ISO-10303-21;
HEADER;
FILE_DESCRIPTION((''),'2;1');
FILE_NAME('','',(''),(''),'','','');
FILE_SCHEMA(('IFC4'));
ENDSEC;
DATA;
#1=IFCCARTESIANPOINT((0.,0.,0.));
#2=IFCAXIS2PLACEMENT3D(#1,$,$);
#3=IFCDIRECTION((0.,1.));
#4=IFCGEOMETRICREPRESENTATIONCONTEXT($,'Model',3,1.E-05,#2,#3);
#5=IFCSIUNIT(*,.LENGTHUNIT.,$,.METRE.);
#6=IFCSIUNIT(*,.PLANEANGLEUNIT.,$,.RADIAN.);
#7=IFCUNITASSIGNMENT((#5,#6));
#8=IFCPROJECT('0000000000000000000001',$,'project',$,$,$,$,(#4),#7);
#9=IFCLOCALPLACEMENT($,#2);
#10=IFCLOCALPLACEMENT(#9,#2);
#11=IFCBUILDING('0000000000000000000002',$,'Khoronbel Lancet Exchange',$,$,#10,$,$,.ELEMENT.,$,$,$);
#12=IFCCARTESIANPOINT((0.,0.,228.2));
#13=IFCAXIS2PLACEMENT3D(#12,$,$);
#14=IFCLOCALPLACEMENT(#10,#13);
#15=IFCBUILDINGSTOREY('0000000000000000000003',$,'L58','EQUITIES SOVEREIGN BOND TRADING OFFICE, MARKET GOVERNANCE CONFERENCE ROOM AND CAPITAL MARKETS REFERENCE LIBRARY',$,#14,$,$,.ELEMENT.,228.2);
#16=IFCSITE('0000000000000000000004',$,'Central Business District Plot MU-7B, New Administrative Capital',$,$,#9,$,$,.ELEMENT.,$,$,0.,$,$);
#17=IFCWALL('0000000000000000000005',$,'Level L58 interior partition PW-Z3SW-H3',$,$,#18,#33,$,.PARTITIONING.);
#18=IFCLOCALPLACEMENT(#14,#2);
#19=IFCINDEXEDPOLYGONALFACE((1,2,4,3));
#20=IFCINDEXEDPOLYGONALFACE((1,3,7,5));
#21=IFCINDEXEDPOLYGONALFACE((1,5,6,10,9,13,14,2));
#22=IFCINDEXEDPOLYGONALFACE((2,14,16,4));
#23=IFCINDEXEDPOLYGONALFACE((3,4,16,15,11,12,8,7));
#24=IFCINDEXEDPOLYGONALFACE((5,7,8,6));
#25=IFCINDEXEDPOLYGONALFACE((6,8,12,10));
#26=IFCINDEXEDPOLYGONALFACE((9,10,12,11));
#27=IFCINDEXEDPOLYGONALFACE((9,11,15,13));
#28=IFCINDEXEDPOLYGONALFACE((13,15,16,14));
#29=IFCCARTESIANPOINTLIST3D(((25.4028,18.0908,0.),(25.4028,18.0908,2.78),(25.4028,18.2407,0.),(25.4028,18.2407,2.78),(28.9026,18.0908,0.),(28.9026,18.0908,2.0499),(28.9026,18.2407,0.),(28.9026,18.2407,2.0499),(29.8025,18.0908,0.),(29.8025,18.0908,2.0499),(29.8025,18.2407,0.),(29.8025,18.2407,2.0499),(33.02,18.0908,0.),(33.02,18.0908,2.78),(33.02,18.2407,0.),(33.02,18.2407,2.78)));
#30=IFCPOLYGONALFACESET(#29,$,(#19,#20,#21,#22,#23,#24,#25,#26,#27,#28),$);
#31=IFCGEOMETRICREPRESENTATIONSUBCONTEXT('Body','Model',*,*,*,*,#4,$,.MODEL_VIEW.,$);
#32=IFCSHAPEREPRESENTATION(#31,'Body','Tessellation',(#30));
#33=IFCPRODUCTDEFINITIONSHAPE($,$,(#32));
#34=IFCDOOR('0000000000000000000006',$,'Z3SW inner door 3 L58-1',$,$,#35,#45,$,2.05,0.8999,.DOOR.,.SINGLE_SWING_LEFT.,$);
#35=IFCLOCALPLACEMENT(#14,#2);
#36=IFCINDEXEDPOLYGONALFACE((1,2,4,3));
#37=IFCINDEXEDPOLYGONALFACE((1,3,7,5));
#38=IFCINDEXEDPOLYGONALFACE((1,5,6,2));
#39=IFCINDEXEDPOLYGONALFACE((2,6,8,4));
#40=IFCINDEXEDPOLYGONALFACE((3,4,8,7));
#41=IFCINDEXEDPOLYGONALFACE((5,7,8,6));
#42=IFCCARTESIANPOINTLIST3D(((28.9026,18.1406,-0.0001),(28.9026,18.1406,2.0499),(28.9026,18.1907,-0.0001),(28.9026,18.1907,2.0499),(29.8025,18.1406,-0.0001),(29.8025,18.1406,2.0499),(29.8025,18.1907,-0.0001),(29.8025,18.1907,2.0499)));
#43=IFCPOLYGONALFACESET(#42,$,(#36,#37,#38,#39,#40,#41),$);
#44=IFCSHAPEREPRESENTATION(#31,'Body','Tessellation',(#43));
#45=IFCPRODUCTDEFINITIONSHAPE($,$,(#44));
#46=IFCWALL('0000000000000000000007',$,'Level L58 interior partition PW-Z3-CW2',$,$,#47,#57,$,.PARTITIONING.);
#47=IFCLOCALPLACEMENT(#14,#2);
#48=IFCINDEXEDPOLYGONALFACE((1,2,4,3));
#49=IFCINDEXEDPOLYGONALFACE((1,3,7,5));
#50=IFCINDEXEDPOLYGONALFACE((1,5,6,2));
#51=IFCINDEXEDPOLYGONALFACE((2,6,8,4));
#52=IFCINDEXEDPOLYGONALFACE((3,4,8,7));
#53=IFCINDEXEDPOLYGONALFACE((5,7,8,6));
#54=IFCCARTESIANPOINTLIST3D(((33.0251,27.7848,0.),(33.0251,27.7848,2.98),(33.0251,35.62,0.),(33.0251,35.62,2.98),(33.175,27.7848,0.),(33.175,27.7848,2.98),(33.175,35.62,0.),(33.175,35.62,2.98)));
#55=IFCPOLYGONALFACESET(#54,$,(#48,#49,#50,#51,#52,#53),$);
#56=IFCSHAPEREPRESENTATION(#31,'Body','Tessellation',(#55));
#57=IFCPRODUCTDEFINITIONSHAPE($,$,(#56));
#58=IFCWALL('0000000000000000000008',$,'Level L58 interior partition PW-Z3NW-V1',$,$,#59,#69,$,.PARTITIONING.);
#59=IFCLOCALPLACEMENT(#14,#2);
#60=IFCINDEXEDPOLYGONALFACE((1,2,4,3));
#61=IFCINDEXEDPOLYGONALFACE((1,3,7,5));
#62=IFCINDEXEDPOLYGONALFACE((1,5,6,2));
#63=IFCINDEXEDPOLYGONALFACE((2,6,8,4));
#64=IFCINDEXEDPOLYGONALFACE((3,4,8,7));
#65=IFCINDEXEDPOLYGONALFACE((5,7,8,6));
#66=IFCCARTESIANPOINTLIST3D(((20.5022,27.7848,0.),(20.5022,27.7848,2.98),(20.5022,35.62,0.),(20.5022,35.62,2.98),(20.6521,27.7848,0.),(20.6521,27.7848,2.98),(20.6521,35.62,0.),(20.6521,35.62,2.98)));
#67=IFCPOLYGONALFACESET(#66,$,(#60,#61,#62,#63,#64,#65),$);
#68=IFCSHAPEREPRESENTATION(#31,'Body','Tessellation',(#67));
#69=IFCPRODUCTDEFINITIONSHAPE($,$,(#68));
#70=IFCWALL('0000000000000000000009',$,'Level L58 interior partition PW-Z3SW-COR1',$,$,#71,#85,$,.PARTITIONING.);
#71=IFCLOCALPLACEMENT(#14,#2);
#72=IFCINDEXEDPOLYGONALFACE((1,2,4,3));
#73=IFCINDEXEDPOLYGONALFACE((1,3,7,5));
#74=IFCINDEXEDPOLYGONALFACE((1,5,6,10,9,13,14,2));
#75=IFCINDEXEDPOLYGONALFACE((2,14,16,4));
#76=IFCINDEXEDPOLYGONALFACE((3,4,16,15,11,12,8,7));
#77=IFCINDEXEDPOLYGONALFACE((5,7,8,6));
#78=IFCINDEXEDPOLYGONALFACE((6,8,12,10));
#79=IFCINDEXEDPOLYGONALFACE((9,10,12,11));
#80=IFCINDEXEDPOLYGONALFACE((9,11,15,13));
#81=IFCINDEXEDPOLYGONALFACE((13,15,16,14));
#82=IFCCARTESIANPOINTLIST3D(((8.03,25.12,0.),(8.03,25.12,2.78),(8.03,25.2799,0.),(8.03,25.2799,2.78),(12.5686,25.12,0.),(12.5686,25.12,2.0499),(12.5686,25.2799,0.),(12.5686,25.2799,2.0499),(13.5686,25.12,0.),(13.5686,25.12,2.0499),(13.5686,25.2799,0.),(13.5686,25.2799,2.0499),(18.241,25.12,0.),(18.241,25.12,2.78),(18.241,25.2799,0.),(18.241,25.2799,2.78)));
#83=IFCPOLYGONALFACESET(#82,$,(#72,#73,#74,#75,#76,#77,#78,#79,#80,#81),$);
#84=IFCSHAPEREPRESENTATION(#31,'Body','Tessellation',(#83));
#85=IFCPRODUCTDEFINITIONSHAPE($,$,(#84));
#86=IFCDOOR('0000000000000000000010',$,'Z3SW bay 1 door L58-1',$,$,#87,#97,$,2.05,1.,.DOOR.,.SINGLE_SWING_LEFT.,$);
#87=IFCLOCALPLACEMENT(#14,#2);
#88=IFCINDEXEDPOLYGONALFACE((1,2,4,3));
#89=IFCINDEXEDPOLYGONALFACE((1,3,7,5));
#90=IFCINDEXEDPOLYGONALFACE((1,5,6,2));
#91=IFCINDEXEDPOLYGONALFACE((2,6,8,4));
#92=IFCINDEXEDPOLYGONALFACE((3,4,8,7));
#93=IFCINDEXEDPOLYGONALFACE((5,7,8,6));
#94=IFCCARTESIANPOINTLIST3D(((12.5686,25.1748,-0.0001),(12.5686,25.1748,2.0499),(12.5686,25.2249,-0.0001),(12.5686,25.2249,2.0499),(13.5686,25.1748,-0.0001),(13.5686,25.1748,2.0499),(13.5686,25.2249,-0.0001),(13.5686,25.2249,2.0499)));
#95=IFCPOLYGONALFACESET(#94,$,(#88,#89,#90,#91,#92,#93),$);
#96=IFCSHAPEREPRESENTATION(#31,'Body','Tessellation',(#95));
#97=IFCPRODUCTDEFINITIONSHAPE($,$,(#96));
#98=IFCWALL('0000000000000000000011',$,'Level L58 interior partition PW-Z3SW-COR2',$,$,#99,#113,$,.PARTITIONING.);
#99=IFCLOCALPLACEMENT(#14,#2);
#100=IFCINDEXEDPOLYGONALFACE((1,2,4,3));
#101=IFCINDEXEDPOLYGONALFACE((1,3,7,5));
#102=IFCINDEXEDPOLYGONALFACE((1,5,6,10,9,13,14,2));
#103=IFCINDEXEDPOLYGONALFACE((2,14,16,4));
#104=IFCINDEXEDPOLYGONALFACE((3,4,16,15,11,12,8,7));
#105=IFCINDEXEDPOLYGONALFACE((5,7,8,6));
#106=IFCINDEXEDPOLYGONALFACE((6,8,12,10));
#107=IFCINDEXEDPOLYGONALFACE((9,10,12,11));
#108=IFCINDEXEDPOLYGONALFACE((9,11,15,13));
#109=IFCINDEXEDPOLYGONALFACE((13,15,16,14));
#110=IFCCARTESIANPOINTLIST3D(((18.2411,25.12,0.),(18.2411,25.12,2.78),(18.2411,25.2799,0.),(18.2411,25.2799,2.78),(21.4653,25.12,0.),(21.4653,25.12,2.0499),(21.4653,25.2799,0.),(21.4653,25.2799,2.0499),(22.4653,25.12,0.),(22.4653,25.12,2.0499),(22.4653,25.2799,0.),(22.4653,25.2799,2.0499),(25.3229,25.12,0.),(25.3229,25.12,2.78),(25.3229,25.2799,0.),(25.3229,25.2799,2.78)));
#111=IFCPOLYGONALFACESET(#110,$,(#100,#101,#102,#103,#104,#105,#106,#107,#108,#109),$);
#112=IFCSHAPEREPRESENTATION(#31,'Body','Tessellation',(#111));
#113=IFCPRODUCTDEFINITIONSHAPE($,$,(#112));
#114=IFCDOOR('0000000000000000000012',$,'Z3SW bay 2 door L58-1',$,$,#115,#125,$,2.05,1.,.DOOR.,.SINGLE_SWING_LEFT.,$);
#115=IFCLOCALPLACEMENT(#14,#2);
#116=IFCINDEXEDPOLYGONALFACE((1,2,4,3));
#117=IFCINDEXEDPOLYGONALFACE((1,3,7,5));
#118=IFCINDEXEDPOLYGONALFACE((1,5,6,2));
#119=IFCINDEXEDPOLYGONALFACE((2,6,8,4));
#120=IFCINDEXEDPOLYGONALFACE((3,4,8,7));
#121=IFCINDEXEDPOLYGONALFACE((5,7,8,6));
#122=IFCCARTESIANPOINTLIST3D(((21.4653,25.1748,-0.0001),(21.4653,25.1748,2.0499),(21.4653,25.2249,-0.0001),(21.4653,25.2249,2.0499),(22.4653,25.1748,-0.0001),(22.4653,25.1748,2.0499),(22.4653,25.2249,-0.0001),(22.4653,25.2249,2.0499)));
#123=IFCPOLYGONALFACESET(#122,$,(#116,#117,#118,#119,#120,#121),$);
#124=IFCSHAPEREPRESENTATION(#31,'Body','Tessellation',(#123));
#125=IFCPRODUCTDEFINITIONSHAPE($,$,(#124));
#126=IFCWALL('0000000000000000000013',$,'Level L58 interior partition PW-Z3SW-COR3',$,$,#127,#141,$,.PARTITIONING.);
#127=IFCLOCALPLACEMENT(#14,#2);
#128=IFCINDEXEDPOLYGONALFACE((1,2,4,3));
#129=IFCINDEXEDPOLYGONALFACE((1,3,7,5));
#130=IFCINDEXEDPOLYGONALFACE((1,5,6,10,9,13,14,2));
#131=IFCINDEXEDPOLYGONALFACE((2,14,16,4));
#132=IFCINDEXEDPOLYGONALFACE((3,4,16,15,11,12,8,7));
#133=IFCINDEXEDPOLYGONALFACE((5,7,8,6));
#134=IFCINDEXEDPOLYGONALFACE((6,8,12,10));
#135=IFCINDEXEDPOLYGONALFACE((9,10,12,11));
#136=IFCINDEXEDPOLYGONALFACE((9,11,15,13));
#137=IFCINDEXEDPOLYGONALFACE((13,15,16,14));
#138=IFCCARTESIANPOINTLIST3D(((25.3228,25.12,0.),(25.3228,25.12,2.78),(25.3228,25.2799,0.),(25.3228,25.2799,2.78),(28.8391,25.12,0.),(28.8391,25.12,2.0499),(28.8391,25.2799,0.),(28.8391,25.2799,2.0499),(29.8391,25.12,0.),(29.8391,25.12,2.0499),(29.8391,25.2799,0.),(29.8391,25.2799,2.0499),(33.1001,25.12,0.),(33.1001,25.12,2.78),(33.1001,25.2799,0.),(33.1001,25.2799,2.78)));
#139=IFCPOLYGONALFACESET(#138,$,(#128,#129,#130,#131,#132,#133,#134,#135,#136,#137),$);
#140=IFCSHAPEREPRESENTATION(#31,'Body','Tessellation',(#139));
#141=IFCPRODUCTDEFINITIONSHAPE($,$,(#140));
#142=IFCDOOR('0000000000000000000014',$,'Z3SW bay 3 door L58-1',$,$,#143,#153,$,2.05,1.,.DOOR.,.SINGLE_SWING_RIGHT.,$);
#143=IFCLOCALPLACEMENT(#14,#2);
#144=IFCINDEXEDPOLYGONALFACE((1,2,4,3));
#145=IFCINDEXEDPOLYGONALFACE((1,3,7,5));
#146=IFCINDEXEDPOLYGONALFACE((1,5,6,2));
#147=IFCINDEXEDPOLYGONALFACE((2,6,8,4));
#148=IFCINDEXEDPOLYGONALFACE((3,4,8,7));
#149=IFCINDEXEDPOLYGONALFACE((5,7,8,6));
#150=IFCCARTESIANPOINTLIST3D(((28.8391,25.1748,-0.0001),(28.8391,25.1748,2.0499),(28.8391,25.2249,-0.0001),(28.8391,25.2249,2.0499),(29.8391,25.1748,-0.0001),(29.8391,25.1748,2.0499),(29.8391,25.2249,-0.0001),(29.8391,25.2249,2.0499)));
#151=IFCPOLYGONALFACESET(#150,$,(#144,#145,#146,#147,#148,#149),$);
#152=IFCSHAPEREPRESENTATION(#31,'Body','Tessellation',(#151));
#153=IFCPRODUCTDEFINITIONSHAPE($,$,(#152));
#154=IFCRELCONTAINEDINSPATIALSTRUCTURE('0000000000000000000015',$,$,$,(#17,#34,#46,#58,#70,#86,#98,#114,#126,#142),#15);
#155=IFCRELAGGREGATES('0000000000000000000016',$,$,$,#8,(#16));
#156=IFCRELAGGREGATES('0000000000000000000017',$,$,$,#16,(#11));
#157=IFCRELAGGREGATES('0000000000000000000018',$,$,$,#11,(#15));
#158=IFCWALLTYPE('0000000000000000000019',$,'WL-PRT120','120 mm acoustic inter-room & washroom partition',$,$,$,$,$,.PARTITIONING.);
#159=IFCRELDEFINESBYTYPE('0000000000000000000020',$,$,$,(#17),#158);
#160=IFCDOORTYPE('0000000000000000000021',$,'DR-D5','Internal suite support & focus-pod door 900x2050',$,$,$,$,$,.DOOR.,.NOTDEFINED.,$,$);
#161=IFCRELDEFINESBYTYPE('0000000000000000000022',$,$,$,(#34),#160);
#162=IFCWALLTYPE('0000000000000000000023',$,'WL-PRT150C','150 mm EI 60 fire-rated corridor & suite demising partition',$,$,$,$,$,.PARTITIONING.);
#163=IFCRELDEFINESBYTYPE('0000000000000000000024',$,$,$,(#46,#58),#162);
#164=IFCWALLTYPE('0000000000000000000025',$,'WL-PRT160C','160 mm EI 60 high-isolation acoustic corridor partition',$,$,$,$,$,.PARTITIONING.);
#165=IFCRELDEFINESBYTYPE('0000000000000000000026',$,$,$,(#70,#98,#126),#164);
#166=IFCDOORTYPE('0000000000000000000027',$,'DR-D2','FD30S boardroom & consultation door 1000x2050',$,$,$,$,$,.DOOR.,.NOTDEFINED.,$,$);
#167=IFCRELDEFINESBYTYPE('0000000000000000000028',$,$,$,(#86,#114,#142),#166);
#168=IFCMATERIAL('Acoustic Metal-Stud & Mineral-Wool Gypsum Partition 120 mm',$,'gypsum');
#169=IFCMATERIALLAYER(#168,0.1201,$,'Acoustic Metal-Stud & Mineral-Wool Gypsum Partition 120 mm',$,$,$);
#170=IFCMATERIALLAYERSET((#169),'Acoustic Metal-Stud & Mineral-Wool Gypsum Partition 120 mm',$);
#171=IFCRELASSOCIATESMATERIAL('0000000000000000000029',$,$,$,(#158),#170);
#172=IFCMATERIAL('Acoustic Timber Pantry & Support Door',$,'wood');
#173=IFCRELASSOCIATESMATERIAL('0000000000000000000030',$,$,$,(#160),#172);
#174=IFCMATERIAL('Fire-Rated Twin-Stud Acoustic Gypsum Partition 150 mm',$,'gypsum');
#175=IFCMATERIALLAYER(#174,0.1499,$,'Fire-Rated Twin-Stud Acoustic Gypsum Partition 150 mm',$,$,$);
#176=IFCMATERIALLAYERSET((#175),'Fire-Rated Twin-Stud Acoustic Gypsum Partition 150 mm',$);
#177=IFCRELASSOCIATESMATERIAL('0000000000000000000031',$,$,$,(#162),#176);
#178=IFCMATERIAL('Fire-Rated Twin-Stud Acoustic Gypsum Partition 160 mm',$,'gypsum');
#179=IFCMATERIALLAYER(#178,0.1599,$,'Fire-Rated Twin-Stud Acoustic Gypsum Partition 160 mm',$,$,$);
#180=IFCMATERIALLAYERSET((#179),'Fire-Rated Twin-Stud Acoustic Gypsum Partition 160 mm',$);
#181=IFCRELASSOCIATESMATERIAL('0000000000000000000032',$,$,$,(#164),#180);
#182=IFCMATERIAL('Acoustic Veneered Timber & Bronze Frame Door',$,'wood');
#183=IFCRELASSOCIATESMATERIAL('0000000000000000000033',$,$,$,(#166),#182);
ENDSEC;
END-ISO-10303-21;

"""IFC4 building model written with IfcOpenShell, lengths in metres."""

from ifc_helpers import new_model, si_unit, direction, frame, frame_2d, origin, place, context, subcontext, project, spatial, rectangle, extrude, material, layer, layer_set, type_object, element, fill, save


model = new_model("IFC4")

# Units and contexts
model_context = context("Model", 3, precision=1e-05, world=origin(), true_north=direction((0.0, 1.0)))
body_context = subcontext(model_context, "Body", "Model", "MODEL_VIEW")
ifc_project = project(units=[si_unit("LENGTHUNIT", "METRE"), si_unit("PLANEANGLEUNIT", "RADIAN")], contexts=[model_context])

# Site, building, storey
site_placement = place(None, origin())
site = spatial("IfcSite", under=ifc_project, at=site_placement, Name="Central Business District Plot MU-7B, New Administrative Capital", CompositionType="ELEMENT", RefElevation=0.0)
building_placement = place(site_placement, origin())
building = spatial("IfcBuilding", under=site, at=building_placement, Name="Khoronbel Lancet Exchange", CompositionType="ELEMENT")
storey_placement = place(building_placement, frame((0.0, 0.0, 228.2)))
storey = spatial("IfcBuildingStorey", under=building, at=storey_placement, Name="L58", Description="EQUITIES SOVEREIGN BOND TRADING OFFICE, MARKET GOVERNANCE CONFERENCE ROOM AND CAPITAL MARKETS REFERENCE LIBRARY", CompositionType="ELEMENT", Elevation=228.2)

# Wall, opening, door
ifc_material_1 = material(Name="Acoustic Metal-Stud & Mineral-Wool Gypsum Partition 120 mm", Category="gypsum")
ifc_layer_1 = layer(ifc_material_1, 0.1201, Name="Acoustic Metal-Stud & Mineral-Wool Gypsum Partition 120 mm")
ifc_layer_set_1 = layer_set([ifc_layer_1], Name="Acoustic Metal-Stud & Mineral-Wool Gypsum Partition 120 mm")
wall_type_1 = type_object("IfcWallType", Name="WL-PRT120", Description="120 mm acoustic inter-room & washroom partition", PredefinedType="PARTITIONING", material=ifc_layer_set_1)
ifc_material_2 = material(Name="Acoustic Timber Pantry & Support Door", Category="wood")
door_type_1 = type_object("IfcDoorType", Name="DR-D5", Description="Internal suite support & focus-pod door 900x2050", OperationType="NOTDEFINED", PredefinedType="DOOR", material=ifc_material_2)
wall_1_placement = place(storey_placement, frame((25.4028, 18.1658, 0.0), z_axis=(0.0, 0.0, 1.0), x_axis=(1.0, 0.0, 0.0)))
wall_1 = element("IfcWall", 1, at=wall_1_placement, inside=storey, type_object=wall_type_1, Name="Level L58 interior partition PW-Z3SW-H3", PredefinedType="PARTITIONING", context=body_context, shape_type="SweptSolid", body=[
    extrude(rectangle(XDim=7.6172, YDim=0.1499, at=frame_2d((3.8086, 0.0))), origin(), (0.0, 0.0, 1.0), 2.78),
])
opening_1_placement = place(wall_1_placement, frame((3.4998, 0.0, 0.0)))
opening_1 = element("IfcOpeningElement", 2, at=opening_1_placement, cuts=wall_1, PredefinedType="OPENING", context=body_context, shape_type="SweptSolid", body=[
    extrude(rectangle(XDim=0.8999, YDim=2.05, at=frame_2d((0.45, 1.0249))), frame((0.0, 0.085, 0.0), z_axis=(0.0, -1.0, 0.0), x_axis=(1.0, 0.0, 0.0)), (0.0, 0.0, 1.0), 0.1699),
])
door_1_placement = place(opening_1_placement, origin())
door_1 = element("IfcDoor", 3, at=door_1_placement, inside=storey, type_object=door_type_1, Name="Z3SW inner door 3 L58-1", OperationType="SINGLE_SWING_LEFT", OverallHeight=2.05, OverallWidth=0.8999, PredefinedType="DOOR", context=body_context, shape_type="SweptSolid", body=[
    extrude(rectangle(XDim=0.8999, YDim=2.05, at=frame_2d((0.45, 1.0249))), frame((0.0, 0.0249, 0.0), z_axis=(0.0, -1.0, 0.0), x_axis=(1.0, 0.0, 0.0)), (0.0, 0.0, 1.0), 0.05),
])
fill(opening_1, door_1)

# Walls
ifc_material_3 = material(Name="Fire-Rated Twin-Stud Acoustic Gypsum Partition 150 mm", Category="gypsum")
ifc_layer_2 = layer(ifc_material_3, 0.1499, Name="Fire-Rated Twin-Stud Acoustic Gypsum Partition 150 mm")
ifc_layer_set_2 = layer_set([ifc_layer_2], Name="Fire-Rated Twin-Stud Acoustic Gypsum Partition 150 mm")
wall_type_2 = type_object("IfcWallType", Name="WL-PRT150C", Description="150 mm EI 60 fire-rated corridor & suite demising partition", PredefinedType="PARTITIONING", material=ifc_layer_set_2)
for number, where, z_axis, x_axis, name in (
    (4, (33.1001, 27.7849, 0.0), (0.0, 0.0, 1.0), (0.0, 1.0, 0.0), "Level L58 interior partition PW-Z3-CW2"),
    (5, (20.5771, 27.7849, 0.0), (0.0, 0.0, 1.0), (0.0, 1.0, 0.0), "Level L58 interior partition PW-Z3NW-V1"),
):
    element("IfcWall", number, at=place(storey_placement, frame(where, z_axis=z_axis, x_axis=x_axis)), inside=storey, type_object=wall_type_2, Name=name, PredefinedType="PARTITIONING", context=body_context, shape_type="SweptSolid", body=[
        extrude(rectangle(XDim=7.8352, YDim=0.1499, at=frame_2d((3.9175, 0.0))), origin(), (0.0, 0.0, 1.0), 2.98),
    ])

# Walls, openings, doors
ifc_material_4 = material(Name="Fire-Rated Twin-Stud Acoustic Gypsum Partition 160 mm", Category="gypsum")
ifc_layer_3 = layer(ifc_material_4, 0.1599, Name="Fire-Rated Twin-Stud Acoustic Gypsum Partition 160 mm")
ifc_layer_set_3 = layer_set([ifc_layer_3], Name="Fire-Rated Twin-Stud Acoustic Gypsum Partition 160 mm")
wall_type_3 = type_object("IfcWallType", Name="WL-PRT160C", Description="160 mm EI 60 high-isolation acoustic corridor partition", PredefinedType="PARTITIONING", material=ifc_layer_set_3)
wall_2_placement = place(storey_placement, frame((8.03, 25.2, 0.0), z_axis=(0.0, 0.0, 1.0), x_axis=(1.0, 0.0, 0.0)))
wall_2 = element("IfcWall", 6, at=wall_2_placement, inside=storey, type_object=wall_type_3, Name="Level L58 interior partition PW-Z3SW-COR1", PredefinedType="PARTITIONING", context=body_context, shape_type="SweptSolid", body=[
    extrude(rectangle(XDim=10.2109, YDim=0.1599, at=frame_2d((5.1055, 0.0))), origin(), (0.0, 0.0, 1.0), 2.78),
])
opening_2_placement = place(wall_2_placement, frame((4.5386, 0.0, 0.0)))
opening_2 = element("IfcOpeningElement", 7, at=opening_2_placement, cuts=wall_2, PredefinedType="OPENING", context=body_context, shape_type="SweptSolid", body=[
    extrude(rectangle(XDim=1.0, YDim=2.05, at=frame_2d((0.5, 1.0249))), frame((0.0, 0.0898, 0.0), z_axis=(0.0, -1.0, 0.0), x_axis=(1.0, 0.0, 0.0)), (0.0, 0.0, 1.0), 0.1799),
])
ifc_material_5 = material(Name="Acoustic Veneered Timber & Bronze Frame Door", Category="wood")
door_type_2 = type_object("IfcDoorType", Name="DR-D2", Description="FD30S boardroom & consultation door 1000x2050", OperationType="NOTDEFINED", PredefinedType="DOOR", material=ifc_material_5)
door_2_placement = place(opening_2_placement, origin())
door_2 = element("IfcDoor", 8, at=door_2_placement, inside=storey, type_object=door_type_2, Name="Z3SW bay 1 door L58-1", OperationType="SINGLE_SWING_LEFT", OverallHeight=2.05, OverallWidth=1.0, PredefinedType="DOOR", context=body_context, shape_type="SweptSolid", body=[
    extrude(rectangle(XDim=1.0, YDim=2.05, at=frame_2d((0.5, 1.0249))), frame((0.0, 0.0249, 0.0), z_axis=(0.0, -1.0, 0.0), x_axis=(1.0, 0.0, 0.0)), (0.0, 0.0, 1.0), 0.05),
])
fill(opening_2, door_2)
wall_3_placement = place(storey_placement, frame((18.241, 25.2, 0.0), z_axis=(0.0, 0.0, 1.0), x_axis=(1.0, 0.0, 0.0)))
wall_3 = element("IfcWall", 9, at=wall_3_placement, inside=storey, type_object=wall_type_3, Name="Level L58 interior partition PW-Z3SW-COR2", PredefinedType="PARTITIONING", context=body_context, shape_type="SweptSolid", body=[
    extrude(rectangle(XDim=7.0818, YDim=0.1599, at=frame_2d((3.541, 0.0))), origin(), (0.0, 0.0, 1.0), 2.78),
])
opening_3_placement = place(wall_3_placement, frame((3.2244, 0.0, 0.0)))
opening_3 = element("IfcOpeningElement", 10, at=opening_3_placement, cuts=wall_3, PredefinedType="OPENING", context=body_context, shape_type="SweptSolid", body=[
    extrude(rectangle(XDim=1.0, YDim=2.05, at=frame_2d((0.5, 1.0249))), frame((0.0, 0.0898, 0.0), z_axis=(0.0, -1.0, 0.0), x_axis=(1.0, 0.0, 0.0)), (0.0, 0.0, 1.0), 0.1799),
])
door_3_placement = place(opening_3_placement, origin())
door_3 = element("IfcDoor", 11, at=door_3_placement, inside=storey, type_object=door_type_2, Name="Z3SW bay 2 door L58-1", OperationType="SINGLE_SWING_LEFT", OverallHeight=2.05, OverallWidth=1.0, PredefinedType="DOOR", context=body_context, shape_type="SweptSolid", body=[
    extrude(rectangle(XDim=1.0, YDim=2.05, at=frame_2d((0.5, 1.0249))), frame((0.0, 0.0249, 0.0), z_axis=(0.0, -1.0, 0.0), x_axis=(1.0, 0.0, 0.0)), (0.0, 0.0, 1.0), 0.05),
])
fill(opening_3, door_3)
wall_4_placement = place(storey_placement, frame((25.3228, 25.2, 0.0), z_axis=(0.0, 0.0, 1.0), x_axis=(1.0, 0.0, 0.0)))
wall_4 = element("IfcWall", 12, at=wall_4_placement, inside=storey, type_object=wall_type_3, Name="Level L58 interior partition PW-Z3SW-COR3", PredefinedType="PARTITIONING", context=body_context, shape_type="SweptSolid", body=[
    extrude(rectangle(XDim=7.7773, YDim=0.1599, at=frame_2d((3.8887, 0.0))), origin(), (0.0, 0.0, 1.0), 2.78),
])
opening_4_placement = place(wall_4_placement, frame((3.5164, 0.0, 0.0)))
opening_4 = element("IfcOpeningElement", 13, at=opening_4_placement, cuts=wall_4, PredefinedType="OPENING", context=body_context, shape_type="SweptSolid", body=[
    extrude(rectangle(XDim=1.0, YDim=2.05, at=frame_2d((0.5, 1.0249))), frame((0.0, 0.0898, 0.0), z_axis=(0.0, -1.0, 0.0), x_axis=(1.0, 0.0, 0.0)), (0.0, 0.0, 1.0), 0.1799),
])
door_4_placement = place(opening_4_placement, origin())
door_4 = element("IfcDoor", 14, at=door_4_placement, inside=storey, type_object=door_type_2, Name="Z3SW bay 3 door L58-1", OperationType="SINGLE_SWING_RIGHT", OverallHeight=2.05, OverallWidth=1.0, PredefinedType="DOOR", context=body_context, shape_type="SweptSolid", body=[
    extrude(rectangle(XDim=1.0, YDim=2.05, at=frame_2d((0.5, 1.0249))), frame((0.0, 0.0249, 0.0), z_axis=(0.0, -1.0, 0.0), x_axis=(1.0, 0.0, 0.0)), (0.0, 0.0, 1.0), 0.05),
])
fill(opening_4, door_4)

save(model, "model.ifc")
